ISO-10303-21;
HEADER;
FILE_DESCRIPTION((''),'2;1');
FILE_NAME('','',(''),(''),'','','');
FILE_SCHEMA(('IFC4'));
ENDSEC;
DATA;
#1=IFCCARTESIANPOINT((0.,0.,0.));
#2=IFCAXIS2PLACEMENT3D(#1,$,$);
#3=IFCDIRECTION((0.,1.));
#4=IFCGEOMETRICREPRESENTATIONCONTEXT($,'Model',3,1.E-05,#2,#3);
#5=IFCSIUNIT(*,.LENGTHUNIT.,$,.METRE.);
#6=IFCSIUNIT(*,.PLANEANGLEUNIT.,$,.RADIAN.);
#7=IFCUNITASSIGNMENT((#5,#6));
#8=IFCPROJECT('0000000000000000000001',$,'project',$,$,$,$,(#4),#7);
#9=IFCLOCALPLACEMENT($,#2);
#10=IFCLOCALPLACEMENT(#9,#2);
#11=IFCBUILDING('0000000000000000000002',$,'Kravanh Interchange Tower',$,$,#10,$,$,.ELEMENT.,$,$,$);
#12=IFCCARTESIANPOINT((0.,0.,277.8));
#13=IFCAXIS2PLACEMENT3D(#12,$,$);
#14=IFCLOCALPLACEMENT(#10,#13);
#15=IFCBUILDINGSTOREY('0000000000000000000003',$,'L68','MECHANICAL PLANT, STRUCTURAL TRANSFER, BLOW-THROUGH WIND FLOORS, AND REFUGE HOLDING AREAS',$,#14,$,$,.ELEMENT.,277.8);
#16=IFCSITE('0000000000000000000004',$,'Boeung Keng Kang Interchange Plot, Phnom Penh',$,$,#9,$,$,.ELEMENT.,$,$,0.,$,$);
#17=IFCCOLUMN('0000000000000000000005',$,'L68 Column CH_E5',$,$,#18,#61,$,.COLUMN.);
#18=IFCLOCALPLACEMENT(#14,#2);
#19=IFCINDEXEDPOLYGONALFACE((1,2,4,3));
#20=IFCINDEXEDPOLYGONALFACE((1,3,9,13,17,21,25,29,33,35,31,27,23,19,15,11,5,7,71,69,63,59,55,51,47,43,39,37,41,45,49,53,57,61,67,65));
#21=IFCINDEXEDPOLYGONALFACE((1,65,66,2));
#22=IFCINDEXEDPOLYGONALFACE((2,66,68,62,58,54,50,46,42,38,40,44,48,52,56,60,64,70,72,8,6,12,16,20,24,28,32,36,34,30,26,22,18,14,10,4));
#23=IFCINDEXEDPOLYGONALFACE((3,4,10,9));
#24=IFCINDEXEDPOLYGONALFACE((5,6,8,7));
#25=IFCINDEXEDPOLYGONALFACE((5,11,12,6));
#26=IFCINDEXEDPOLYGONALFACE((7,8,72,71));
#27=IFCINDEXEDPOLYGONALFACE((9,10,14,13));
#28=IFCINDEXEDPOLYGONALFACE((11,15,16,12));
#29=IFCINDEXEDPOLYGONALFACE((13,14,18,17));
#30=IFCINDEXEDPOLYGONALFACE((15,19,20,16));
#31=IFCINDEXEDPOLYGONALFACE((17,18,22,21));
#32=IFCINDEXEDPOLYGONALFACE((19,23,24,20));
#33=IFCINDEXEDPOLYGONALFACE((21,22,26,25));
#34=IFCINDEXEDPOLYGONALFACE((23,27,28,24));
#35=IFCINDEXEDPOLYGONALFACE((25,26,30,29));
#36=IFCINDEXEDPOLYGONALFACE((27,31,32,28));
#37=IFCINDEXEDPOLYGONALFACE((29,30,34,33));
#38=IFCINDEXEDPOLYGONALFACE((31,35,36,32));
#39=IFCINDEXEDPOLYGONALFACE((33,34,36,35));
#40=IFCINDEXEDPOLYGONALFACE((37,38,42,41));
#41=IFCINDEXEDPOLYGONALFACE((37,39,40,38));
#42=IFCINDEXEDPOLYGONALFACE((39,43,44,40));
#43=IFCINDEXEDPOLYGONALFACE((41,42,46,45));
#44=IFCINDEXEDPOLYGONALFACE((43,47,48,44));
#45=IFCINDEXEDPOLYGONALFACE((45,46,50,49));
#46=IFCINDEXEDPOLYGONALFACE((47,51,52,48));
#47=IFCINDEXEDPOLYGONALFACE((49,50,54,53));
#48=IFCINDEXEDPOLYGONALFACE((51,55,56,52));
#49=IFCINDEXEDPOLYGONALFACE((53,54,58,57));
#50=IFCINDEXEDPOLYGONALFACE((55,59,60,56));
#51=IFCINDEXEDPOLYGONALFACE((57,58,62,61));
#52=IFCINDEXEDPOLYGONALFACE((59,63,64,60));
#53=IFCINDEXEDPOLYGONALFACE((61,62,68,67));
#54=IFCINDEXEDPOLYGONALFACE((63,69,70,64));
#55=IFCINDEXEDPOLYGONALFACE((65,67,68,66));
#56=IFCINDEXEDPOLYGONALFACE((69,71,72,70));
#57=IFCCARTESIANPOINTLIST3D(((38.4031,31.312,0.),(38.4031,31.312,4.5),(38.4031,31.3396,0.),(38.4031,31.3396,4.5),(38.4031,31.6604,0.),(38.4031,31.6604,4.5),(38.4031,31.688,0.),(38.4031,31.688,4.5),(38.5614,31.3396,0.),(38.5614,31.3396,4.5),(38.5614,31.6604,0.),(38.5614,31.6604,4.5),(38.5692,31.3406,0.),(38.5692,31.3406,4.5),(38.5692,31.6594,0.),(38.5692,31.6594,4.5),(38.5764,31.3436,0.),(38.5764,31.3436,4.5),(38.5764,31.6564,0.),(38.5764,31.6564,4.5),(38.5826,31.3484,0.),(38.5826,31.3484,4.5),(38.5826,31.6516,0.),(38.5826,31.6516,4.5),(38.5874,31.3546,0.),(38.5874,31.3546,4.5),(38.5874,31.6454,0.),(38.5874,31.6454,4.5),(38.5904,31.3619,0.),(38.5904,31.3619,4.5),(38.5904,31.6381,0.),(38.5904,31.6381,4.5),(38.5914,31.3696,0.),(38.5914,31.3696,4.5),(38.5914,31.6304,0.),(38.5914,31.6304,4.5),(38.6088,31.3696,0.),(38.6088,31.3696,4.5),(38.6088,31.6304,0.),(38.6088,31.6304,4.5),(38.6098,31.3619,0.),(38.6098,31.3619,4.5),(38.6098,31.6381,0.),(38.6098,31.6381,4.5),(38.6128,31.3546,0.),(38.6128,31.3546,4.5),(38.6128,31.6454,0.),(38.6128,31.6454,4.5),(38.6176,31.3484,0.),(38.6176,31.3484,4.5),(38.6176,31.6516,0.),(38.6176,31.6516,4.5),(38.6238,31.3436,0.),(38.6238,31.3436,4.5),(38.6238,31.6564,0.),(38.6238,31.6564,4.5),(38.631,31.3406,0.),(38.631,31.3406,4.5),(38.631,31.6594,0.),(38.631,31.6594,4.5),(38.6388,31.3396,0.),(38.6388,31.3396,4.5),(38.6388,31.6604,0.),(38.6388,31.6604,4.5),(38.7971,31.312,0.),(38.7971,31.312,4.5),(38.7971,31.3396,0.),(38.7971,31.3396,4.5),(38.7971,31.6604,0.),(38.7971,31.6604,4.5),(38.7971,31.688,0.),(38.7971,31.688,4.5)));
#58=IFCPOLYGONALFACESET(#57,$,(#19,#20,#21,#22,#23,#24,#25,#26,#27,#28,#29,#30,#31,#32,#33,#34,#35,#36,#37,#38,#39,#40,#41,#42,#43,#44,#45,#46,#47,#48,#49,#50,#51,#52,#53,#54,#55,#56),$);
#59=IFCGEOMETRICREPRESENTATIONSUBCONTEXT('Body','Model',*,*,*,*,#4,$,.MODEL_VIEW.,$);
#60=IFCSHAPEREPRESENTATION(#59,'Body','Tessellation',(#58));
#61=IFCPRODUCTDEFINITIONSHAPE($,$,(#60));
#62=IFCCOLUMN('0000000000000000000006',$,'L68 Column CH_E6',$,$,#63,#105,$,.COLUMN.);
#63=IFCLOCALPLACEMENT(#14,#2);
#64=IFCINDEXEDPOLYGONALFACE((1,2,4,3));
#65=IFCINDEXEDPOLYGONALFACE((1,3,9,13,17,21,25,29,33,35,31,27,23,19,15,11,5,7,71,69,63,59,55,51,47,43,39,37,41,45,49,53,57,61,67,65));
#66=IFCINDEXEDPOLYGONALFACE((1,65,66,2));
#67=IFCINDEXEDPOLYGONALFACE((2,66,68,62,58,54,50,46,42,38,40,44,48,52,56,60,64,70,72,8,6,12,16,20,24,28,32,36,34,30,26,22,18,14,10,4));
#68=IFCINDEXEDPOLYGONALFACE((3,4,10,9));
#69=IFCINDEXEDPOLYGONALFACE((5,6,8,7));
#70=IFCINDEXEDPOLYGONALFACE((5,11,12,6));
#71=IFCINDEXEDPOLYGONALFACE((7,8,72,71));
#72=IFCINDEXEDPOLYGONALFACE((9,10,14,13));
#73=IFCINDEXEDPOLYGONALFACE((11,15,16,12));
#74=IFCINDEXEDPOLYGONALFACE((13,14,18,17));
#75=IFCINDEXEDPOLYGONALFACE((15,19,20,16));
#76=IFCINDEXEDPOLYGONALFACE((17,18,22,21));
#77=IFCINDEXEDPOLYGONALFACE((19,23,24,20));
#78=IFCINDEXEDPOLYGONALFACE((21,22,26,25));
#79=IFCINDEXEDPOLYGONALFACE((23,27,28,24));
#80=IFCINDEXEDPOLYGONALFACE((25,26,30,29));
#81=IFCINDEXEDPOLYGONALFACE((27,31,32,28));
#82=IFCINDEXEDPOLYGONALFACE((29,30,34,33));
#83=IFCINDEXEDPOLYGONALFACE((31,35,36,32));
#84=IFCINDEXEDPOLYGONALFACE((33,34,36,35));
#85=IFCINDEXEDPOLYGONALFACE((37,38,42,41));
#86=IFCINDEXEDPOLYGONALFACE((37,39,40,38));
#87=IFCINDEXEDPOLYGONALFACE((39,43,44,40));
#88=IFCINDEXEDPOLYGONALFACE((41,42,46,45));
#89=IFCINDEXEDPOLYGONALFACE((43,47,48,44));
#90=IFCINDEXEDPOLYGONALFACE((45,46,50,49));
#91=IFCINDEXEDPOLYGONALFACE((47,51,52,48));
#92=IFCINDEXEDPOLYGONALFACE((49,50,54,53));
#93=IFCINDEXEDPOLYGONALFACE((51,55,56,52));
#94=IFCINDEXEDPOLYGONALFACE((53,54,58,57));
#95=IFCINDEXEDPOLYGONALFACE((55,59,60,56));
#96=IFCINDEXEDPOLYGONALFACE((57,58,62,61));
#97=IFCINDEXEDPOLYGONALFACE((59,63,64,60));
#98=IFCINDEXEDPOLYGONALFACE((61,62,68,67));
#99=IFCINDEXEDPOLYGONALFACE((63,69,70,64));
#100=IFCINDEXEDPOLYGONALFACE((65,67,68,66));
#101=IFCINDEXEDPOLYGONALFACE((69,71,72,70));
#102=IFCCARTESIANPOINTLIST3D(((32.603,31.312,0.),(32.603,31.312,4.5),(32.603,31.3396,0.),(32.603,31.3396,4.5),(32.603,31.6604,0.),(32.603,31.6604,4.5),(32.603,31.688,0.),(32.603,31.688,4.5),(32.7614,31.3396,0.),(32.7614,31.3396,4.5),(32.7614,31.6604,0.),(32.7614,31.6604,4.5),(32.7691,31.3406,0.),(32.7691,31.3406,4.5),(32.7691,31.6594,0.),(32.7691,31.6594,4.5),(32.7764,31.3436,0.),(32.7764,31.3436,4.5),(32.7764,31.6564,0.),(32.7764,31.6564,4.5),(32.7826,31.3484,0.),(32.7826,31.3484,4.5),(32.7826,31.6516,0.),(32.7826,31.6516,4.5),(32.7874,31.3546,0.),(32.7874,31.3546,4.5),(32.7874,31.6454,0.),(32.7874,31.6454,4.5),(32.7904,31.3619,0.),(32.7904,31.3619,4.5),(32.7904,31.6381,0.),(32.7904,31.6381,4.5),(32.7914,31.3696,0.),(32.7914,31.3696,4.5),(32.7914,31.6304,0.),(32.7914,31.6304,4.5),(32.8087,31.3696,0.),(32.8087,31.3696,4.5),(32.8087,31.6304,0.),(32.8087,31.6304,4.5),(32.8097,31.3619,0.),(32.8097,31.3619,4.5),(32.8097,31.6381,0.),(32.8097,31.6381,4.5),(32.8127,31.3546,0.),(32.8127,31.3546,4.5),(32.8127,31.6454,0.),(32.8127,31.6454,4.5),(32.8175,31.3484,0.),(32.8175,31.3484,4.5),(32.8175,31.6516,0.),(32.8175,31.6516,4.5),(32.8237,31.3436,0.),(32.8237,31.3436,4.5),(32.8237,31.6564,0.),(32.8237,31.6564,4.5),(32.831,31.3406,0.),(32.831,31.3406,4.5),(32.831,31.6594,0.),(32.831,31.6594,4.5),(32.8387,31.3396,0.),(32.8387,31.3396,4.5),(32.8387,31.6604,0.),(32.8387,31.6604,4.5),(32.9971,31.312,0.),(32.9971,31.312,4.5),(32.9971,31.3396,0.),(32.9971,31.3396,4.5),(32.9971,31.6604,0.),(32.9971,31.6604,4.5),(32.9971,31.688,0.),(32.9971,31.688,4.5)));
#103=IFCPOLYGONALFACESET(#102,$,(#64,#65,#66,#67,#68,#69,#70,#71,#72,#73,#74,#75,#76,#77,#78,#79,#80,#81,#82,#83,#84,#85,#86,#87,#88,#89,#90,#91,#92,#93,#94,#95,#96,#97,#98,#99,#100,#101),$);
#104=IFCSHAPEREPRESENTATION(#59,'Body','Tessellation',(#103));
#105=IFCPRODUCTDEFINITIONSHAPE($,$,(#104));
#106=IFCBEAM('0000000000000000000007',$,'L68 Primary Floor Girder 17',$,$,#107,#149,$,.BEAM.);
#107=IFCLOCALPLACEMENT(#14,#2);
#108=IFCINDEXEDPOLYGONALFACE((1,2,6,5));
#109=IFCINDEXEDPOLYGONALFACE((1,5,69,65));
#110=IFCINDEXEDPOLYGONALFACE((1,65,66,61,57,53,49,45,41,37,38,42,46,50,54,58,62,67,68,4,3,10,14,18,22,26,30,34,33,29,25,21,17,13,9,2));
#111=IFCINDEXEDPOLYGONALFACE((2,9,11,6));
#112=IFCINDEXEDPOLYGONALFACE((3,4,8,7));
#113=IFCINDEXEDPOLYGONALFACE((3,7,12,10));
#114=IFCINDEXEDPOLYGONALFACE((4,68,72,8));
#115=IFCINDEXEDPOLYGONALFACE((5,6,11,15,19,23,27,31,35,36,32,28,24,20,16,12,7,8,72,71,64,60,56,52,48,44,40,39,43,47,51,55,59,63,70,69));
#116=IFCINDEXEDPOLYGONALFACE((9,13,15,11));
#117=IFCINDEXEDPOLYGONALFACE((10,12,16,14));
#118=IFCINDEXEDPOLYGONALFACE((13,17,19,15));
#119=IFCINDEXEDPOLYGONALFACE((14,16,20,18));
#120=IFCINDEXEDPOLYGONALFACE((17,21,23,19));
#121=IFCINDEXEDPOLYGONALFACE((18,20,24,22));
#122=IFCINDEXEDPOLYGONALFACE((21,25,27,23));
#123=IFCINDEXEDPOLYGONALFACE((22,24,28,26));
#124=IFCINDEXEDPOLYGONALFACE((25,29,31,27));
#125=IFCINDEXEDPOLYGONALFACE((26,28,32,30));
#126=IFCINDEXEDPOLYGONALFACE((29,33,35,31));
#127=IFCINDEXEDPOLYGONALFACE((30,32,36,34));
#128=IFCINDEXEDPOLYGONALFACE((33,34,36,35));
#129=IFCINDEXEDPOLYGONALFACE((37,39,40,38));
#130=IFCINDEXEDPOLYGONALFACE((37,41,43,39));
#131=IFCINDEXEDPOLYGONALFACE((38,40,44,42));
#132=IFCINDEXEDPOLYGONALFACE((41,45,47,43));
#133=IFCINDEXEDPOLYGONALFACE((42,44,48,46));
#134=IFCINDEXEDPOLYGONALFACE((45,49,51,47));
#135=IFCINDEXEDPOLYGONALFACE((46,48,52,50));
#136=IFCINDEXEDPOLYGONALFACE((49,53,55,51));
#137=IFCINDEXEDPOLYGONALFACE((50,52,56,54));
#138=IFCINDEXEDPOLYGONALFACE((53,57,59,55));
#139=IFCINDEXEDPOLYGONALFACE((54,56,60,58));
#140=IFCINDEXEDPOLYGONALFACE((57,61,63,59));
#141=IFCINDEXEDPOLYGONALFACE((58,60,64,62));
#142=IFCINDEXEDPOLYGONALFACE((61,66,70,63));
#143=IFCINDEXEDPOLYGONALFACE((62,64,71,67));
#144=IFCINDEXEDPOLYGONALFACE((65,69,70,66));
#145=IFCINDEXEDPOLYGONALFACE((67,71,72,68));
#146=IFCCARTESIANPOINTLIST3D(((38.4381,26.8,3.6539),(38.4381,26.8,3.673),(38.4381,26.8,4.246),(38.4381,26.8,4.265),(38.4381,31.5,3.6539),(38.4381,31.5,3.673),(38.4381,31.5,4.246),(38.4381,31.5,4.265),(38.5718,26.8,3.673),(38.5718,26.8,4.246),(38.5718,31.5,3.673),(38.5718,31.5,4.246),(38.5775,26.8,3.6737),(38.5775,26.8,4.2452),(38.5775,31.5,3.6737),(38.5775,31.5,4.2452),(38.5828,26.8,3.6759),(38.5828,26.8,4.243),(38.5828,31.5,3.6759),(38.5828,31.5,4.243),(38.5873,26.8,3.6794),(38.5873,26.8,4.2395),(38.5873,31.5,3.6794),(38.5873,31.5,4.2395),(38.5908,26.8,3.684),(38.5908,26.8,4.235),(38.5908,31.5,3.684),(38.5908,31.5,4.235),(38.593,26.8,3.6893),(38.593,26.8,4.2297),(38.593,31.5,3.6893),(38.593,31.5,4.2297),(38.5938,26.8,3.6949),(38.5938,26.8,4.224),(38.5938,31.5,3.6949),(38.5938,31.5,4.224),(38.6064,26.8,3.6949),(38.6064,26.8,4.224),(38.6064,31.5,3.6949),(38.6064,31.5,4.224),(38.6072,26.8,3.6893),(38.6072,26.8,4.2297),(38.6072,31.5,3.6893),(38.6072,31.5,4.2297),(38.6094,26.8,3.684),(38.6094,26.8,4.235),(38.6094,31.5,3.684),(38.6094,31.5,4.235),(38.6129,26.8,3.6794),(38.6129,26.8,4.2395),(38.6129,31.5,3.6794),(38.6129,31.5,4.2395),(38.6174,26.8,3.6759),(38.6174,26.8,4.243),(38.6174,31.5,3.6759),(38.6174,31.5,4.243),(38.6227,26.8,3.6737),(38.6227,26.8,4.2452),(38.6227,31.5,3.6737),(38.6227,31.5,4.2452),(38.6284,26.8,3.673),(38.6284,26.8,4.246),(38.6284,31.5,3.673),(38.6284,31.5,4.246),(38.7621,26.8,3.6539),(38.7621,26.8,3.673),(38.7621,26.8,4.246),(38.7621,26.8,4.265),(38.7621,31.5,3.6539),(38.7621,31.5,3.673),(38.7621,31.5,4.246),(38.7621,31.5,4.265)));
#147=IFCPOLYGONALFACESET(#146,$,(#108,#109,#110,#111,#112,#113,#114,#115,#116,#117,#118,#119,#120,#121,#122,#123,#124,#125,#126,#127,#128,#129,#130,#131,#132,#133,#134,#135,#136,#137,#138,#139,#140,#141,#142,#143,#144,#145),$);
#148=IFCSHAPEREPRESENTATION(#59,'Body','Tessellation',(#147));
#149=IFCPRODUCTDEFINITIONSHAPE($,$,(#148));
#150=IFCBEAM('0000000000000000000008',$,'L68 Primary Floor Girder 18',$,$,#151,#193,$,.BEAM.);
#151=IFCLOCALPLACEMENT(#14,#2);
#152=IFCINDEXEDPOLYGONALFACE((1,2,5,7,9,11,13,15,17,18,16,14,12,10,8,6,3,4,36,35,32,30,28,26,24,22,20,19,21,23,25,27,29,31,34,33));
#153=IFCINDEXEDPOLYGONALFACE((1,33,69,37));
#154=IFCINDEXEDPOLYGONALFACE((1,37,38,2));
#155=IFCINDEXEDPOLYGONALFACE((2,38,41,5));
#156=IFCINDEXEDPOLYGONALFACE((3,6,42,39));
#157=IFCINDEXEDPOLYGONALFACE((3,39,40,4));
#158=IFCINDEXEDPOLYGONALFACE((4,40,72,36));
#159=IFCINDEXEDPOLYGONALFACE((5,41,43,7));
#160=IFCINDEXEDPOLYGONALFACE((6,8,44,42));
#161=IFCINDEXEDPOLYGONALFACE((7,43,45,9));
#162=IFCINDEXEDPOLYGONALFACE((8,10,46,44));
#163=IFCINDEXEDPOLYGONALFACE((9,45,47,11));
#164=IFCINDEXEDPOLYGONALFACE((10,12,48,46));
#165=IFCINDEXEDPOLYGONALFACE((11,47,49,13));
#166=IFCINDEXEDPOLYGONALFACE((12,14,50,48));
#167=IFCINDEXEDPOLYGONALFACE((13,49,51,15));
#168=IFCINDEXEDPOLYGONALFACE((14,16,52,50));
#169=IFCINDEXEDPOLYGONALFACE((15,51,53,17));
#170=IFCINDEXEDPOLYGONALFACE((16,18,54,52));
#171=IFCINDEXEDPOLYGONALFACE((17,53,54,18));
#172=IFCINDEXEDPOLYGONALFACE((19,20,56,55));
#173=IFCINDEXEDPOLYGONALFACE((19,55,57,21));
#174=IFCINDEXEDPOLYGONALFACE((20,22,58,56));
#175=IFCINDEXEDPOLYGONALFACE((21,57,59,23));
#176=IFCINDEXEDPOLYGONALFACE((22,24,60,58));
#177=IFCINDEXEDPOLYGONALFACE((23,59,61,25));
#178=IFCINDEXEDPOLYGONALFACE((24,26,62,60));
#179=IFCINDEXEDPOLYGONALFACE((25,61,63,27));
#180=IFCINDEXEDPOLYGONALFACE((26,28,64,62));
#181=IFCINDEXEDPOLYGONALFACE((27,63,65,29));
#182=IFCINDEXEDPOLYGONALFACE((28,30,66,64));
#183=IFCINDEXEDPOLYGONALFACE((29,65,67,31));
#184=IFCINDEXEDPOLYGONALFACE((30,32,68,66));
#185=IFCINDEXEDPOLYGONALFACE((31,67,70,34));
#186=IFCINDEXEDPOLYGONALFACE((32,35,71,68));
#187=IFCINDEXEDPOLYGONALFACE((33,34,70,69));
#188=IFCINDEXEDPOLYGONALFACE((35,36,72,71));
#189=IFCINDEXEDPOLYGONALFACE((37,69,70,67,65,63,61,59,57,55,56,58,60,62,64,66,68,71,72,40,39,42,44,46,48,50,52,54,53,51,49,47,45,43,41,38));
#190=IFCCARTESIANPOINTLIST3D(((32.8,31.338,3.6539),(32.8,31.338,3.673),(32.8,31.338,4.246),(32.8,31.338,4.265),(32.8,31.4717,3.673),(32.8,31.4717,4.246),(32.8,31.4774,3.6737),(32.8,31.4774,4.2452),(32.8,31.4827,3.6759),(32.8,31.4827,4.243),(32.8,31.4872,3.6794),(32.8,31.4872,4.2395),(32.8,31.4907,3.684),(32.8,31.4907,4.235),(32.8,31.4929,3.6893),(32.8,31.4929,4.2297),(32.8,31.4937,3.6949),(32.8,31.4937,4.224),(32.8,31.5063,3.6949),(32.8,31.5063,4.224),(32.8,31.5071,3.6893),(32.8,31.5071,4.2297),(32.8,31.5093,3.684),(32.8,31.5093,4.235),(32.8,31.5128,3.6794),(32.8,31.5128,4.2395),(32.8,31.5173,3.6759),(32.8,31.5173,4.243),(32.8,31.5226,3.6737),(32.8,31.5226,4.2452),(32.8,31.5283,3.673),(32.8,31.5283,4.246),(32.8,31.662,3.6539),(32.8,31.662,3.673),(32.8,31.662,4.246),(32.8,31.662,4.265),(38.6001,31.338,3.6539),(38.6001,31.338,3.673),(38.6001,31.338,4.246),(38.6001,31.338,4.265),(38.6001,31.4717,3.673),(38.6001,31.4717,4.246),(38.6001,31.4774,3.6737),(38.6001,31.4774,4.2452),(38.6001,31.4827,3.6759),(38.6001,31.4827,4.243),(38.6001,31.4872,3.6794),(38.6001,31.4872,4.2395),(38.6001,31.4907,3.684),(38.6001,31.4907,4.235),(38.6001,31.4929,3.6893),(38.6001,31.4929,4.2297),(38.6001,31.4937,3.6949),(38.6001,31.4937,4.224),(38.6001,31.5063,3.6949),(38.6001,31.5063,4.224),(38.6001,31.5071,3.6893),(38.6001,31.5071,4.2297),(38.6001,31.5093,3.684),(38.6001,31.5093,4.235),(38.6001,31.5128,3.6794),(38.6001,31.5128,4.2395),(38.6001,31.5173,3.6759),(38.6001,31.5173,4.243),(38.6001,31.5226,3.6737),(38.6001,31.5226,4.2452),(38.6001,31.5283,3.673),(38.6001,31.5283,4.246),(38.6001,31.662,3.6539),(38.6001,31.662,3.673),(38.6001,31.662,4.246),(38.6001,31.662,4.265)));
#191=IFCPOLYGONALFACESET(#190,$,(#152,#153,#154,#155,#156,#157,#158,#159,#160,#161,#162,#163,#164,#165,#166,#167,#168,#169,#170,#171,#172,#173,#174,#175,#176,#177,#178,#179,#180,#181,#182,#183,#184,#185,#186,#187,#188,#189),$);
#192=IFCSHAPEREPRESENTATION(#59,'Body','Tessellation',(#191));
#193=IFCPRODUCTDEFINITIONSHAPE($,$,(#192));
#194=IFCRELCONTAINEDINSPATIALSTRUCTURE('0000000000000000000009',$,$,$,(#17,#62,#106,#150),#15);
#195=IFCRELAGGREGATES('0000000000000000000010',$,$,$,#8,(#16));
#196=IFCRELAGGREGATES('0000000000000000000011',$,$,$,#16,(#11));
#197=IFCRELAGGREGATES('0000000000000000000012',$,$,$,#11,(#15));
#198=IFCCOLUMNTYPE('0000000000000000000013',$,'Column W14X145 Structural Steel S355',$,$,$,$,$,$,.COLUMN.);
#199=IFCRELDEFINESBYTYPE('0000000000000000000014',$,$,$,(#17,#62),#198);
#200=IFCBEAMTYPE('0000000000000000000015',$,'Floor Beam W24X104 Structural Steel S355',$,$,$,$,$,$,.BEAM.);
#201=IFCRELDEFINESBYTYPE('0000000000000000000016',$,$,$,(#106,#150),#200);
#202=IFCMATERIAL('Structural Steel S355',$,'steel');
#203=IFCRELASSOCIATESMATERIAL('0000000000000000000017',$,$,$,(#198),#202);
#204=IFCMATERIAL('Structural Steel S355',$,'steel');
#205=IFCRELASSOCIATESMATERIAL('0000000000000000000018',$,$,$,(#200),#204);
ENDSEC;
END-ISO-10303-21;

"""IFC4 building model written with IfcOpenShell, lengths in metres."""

from ifc_helpers import new_model, si_unit, direction, frame, origin, origin_2d, place, context, subcontext, project, spatial, i_section, extrude, material, material_profile, profile_set, type_object, element, save


model = new_model("IFC4")

# Units and contexts
model_context = context("Model", 3, precision=1e-05, world=origin(), true_north=direction((0.0, 1.0)))
body_context = subcontext(model_context, "Body", "Model", "MODEL_VIEW")
ifc_project = project(units=[si_unit("LENGTHUNIT", "METRE"), si_unit("PLANEANGLEUNIT", "RADIAN")], contexts=[model_context])

# Site, building, storey
site_placement = place(None, origin())
site = spatial("IfcSite", under=ifc_project, at=site_placement, Name="Boeung Keng Kang Interchange Plot, Phnom Penh", CompositionType="ELEMENT", RefElevation=0.0)
building_placement = place(site_placement, origin())
building = spatial("IfcBuilding", under=site, at=building_placement, Name="Kravanh Interchange Tower", CompositionType="ELEMENT")
storey_placement = place(building_placement, frame((0.0, 0.0, 277.8)))
storey = spatial("IfcBuildingStorey", under=building, at=storey_placement, Name="L68", Description="MECHANICAL PLANT, STRUCTURAL TRANSFER, BLOW-THROUGH WIND FLOORS, AND REFUGE HOLDING AREAS", CompositionType="ELEMENT", Elevation=277.8)

# Columns
ifc_material_1 = material(Name="Structural Steel S355", Category="steel")
ifc_material_profile_1 = material_profile(ifc_material_1, i_section(OverallWidth=0.394, OverallDepth=0.376, WebThickness=0.0173, FlangeThickness=0.0276, FilletRadius=0.03, at=origin_2d()), Name="W14X145")
ifc_profile_set_1 = profile_set([ifc_material_profile_1], Name="Structural Steel S355")
column_type = type_object("IfcColumnType", Name="Column W14X145 Structural Steel S355", PredefinedType="COLUMN", material=ifc_profile_set_1)
for number, where, z_axis, x_axis, name in (
    (1, (38.6001, 31.5, 0.0), (0.0, 0.0, 1.0), (1.0, 0.0, 0.0), "L68 Column CH_E5"),
    (2, (32.8, 31.5, 0.0), (0.0, 0.0, 1.0), (1.0, 0.0, 0.0), "L68 Column CH_E6"),
):
    element("IfcColumn", number, at=place(storey_placement, frame(where, z_axis=z_axis, x_axis=x_axis)), inside=storey, type_object=column_type, Name=name, PredefinedType="COLUMN", context=body_context, shape_type="SweptSolid", body=[
        extrude(i_section(OverallWidth=0.394, OverallDepth=0.376, WebThickness=0.0173, FlangeThickness=0.0276, FilletRadius=0.03, at=origin_2d()), origin(), (0.0, 0.0, 1.0), 4.5),
    ])

# Beams
ifc_material_2 = material(Name="Structural Steel S355", Category="steel")
ifc_material_profile_2 = material_profile(ifc_material_2, i_section(OverallWidth=0.324, OverallDepth=0.6111, WebThickness=0.0127, FlangeThickness=0.019, FilletRadius=0.022, at=origin_2d()), Name="W24X104")
ifc_profile_set_2 = profile_set([ifc_material_profile_2], Name="Structural Steel S355")
beam_type_1 = type_object("IfcBeamType", Name="Floor Beam W24X104 Structural Steel S355", PredefinedType="BEAM", material=ifc_profile_set_2)
beam_1_placement = place(storey_placement, frame((38.6001, 31.5, 3.9595), z_axis=(0.0, -1.0, 0.0), x_axis=(1.0, 0.0, 0.0)))
element("IfcBeam", 3, at=beam_1_placement, inside=storey, type_object=beam_type_1, Name="L68 Primary Floor Girder 17", PredefinedType="BEAM", context=body_context, shape_type="SweptSolid", body=[
    extrude(i_section(OverallWidth=0.324, OverallDepth=0.6111, WebThickness=0.0127, FlangeThickness=0.019, FilletRadius=0.022, at=origin_2d()), origin(), (0.0, 0.0, 1.0), 4.7),
])
beam_2_placement = place(storey_placement, frame((38.6001, 31.5, 3.9595), z_axis=(-1.0, 0.0, 0.0), x_axis=(0.0, -1.0, 0.0)))
element("IfcBeam", 4, at=beam_2_placement, inside=storey, type_object=beam_type_1, Name="L68 Primary Floor Girder 18", PredefinedType="BEAM", context=body_context, shape_type="SweptSolid", body=[
    extrude(i_section(OverallWidth=0.324, OverallDepth=0.6111, WebThickness=0.0127, FlangeThickness=0.019, FilletRadius=0.022, at=origin_2d()), origin(), (0.0, 0.0, 1.0), 5.8),
])

save(model, "model.ifc")
